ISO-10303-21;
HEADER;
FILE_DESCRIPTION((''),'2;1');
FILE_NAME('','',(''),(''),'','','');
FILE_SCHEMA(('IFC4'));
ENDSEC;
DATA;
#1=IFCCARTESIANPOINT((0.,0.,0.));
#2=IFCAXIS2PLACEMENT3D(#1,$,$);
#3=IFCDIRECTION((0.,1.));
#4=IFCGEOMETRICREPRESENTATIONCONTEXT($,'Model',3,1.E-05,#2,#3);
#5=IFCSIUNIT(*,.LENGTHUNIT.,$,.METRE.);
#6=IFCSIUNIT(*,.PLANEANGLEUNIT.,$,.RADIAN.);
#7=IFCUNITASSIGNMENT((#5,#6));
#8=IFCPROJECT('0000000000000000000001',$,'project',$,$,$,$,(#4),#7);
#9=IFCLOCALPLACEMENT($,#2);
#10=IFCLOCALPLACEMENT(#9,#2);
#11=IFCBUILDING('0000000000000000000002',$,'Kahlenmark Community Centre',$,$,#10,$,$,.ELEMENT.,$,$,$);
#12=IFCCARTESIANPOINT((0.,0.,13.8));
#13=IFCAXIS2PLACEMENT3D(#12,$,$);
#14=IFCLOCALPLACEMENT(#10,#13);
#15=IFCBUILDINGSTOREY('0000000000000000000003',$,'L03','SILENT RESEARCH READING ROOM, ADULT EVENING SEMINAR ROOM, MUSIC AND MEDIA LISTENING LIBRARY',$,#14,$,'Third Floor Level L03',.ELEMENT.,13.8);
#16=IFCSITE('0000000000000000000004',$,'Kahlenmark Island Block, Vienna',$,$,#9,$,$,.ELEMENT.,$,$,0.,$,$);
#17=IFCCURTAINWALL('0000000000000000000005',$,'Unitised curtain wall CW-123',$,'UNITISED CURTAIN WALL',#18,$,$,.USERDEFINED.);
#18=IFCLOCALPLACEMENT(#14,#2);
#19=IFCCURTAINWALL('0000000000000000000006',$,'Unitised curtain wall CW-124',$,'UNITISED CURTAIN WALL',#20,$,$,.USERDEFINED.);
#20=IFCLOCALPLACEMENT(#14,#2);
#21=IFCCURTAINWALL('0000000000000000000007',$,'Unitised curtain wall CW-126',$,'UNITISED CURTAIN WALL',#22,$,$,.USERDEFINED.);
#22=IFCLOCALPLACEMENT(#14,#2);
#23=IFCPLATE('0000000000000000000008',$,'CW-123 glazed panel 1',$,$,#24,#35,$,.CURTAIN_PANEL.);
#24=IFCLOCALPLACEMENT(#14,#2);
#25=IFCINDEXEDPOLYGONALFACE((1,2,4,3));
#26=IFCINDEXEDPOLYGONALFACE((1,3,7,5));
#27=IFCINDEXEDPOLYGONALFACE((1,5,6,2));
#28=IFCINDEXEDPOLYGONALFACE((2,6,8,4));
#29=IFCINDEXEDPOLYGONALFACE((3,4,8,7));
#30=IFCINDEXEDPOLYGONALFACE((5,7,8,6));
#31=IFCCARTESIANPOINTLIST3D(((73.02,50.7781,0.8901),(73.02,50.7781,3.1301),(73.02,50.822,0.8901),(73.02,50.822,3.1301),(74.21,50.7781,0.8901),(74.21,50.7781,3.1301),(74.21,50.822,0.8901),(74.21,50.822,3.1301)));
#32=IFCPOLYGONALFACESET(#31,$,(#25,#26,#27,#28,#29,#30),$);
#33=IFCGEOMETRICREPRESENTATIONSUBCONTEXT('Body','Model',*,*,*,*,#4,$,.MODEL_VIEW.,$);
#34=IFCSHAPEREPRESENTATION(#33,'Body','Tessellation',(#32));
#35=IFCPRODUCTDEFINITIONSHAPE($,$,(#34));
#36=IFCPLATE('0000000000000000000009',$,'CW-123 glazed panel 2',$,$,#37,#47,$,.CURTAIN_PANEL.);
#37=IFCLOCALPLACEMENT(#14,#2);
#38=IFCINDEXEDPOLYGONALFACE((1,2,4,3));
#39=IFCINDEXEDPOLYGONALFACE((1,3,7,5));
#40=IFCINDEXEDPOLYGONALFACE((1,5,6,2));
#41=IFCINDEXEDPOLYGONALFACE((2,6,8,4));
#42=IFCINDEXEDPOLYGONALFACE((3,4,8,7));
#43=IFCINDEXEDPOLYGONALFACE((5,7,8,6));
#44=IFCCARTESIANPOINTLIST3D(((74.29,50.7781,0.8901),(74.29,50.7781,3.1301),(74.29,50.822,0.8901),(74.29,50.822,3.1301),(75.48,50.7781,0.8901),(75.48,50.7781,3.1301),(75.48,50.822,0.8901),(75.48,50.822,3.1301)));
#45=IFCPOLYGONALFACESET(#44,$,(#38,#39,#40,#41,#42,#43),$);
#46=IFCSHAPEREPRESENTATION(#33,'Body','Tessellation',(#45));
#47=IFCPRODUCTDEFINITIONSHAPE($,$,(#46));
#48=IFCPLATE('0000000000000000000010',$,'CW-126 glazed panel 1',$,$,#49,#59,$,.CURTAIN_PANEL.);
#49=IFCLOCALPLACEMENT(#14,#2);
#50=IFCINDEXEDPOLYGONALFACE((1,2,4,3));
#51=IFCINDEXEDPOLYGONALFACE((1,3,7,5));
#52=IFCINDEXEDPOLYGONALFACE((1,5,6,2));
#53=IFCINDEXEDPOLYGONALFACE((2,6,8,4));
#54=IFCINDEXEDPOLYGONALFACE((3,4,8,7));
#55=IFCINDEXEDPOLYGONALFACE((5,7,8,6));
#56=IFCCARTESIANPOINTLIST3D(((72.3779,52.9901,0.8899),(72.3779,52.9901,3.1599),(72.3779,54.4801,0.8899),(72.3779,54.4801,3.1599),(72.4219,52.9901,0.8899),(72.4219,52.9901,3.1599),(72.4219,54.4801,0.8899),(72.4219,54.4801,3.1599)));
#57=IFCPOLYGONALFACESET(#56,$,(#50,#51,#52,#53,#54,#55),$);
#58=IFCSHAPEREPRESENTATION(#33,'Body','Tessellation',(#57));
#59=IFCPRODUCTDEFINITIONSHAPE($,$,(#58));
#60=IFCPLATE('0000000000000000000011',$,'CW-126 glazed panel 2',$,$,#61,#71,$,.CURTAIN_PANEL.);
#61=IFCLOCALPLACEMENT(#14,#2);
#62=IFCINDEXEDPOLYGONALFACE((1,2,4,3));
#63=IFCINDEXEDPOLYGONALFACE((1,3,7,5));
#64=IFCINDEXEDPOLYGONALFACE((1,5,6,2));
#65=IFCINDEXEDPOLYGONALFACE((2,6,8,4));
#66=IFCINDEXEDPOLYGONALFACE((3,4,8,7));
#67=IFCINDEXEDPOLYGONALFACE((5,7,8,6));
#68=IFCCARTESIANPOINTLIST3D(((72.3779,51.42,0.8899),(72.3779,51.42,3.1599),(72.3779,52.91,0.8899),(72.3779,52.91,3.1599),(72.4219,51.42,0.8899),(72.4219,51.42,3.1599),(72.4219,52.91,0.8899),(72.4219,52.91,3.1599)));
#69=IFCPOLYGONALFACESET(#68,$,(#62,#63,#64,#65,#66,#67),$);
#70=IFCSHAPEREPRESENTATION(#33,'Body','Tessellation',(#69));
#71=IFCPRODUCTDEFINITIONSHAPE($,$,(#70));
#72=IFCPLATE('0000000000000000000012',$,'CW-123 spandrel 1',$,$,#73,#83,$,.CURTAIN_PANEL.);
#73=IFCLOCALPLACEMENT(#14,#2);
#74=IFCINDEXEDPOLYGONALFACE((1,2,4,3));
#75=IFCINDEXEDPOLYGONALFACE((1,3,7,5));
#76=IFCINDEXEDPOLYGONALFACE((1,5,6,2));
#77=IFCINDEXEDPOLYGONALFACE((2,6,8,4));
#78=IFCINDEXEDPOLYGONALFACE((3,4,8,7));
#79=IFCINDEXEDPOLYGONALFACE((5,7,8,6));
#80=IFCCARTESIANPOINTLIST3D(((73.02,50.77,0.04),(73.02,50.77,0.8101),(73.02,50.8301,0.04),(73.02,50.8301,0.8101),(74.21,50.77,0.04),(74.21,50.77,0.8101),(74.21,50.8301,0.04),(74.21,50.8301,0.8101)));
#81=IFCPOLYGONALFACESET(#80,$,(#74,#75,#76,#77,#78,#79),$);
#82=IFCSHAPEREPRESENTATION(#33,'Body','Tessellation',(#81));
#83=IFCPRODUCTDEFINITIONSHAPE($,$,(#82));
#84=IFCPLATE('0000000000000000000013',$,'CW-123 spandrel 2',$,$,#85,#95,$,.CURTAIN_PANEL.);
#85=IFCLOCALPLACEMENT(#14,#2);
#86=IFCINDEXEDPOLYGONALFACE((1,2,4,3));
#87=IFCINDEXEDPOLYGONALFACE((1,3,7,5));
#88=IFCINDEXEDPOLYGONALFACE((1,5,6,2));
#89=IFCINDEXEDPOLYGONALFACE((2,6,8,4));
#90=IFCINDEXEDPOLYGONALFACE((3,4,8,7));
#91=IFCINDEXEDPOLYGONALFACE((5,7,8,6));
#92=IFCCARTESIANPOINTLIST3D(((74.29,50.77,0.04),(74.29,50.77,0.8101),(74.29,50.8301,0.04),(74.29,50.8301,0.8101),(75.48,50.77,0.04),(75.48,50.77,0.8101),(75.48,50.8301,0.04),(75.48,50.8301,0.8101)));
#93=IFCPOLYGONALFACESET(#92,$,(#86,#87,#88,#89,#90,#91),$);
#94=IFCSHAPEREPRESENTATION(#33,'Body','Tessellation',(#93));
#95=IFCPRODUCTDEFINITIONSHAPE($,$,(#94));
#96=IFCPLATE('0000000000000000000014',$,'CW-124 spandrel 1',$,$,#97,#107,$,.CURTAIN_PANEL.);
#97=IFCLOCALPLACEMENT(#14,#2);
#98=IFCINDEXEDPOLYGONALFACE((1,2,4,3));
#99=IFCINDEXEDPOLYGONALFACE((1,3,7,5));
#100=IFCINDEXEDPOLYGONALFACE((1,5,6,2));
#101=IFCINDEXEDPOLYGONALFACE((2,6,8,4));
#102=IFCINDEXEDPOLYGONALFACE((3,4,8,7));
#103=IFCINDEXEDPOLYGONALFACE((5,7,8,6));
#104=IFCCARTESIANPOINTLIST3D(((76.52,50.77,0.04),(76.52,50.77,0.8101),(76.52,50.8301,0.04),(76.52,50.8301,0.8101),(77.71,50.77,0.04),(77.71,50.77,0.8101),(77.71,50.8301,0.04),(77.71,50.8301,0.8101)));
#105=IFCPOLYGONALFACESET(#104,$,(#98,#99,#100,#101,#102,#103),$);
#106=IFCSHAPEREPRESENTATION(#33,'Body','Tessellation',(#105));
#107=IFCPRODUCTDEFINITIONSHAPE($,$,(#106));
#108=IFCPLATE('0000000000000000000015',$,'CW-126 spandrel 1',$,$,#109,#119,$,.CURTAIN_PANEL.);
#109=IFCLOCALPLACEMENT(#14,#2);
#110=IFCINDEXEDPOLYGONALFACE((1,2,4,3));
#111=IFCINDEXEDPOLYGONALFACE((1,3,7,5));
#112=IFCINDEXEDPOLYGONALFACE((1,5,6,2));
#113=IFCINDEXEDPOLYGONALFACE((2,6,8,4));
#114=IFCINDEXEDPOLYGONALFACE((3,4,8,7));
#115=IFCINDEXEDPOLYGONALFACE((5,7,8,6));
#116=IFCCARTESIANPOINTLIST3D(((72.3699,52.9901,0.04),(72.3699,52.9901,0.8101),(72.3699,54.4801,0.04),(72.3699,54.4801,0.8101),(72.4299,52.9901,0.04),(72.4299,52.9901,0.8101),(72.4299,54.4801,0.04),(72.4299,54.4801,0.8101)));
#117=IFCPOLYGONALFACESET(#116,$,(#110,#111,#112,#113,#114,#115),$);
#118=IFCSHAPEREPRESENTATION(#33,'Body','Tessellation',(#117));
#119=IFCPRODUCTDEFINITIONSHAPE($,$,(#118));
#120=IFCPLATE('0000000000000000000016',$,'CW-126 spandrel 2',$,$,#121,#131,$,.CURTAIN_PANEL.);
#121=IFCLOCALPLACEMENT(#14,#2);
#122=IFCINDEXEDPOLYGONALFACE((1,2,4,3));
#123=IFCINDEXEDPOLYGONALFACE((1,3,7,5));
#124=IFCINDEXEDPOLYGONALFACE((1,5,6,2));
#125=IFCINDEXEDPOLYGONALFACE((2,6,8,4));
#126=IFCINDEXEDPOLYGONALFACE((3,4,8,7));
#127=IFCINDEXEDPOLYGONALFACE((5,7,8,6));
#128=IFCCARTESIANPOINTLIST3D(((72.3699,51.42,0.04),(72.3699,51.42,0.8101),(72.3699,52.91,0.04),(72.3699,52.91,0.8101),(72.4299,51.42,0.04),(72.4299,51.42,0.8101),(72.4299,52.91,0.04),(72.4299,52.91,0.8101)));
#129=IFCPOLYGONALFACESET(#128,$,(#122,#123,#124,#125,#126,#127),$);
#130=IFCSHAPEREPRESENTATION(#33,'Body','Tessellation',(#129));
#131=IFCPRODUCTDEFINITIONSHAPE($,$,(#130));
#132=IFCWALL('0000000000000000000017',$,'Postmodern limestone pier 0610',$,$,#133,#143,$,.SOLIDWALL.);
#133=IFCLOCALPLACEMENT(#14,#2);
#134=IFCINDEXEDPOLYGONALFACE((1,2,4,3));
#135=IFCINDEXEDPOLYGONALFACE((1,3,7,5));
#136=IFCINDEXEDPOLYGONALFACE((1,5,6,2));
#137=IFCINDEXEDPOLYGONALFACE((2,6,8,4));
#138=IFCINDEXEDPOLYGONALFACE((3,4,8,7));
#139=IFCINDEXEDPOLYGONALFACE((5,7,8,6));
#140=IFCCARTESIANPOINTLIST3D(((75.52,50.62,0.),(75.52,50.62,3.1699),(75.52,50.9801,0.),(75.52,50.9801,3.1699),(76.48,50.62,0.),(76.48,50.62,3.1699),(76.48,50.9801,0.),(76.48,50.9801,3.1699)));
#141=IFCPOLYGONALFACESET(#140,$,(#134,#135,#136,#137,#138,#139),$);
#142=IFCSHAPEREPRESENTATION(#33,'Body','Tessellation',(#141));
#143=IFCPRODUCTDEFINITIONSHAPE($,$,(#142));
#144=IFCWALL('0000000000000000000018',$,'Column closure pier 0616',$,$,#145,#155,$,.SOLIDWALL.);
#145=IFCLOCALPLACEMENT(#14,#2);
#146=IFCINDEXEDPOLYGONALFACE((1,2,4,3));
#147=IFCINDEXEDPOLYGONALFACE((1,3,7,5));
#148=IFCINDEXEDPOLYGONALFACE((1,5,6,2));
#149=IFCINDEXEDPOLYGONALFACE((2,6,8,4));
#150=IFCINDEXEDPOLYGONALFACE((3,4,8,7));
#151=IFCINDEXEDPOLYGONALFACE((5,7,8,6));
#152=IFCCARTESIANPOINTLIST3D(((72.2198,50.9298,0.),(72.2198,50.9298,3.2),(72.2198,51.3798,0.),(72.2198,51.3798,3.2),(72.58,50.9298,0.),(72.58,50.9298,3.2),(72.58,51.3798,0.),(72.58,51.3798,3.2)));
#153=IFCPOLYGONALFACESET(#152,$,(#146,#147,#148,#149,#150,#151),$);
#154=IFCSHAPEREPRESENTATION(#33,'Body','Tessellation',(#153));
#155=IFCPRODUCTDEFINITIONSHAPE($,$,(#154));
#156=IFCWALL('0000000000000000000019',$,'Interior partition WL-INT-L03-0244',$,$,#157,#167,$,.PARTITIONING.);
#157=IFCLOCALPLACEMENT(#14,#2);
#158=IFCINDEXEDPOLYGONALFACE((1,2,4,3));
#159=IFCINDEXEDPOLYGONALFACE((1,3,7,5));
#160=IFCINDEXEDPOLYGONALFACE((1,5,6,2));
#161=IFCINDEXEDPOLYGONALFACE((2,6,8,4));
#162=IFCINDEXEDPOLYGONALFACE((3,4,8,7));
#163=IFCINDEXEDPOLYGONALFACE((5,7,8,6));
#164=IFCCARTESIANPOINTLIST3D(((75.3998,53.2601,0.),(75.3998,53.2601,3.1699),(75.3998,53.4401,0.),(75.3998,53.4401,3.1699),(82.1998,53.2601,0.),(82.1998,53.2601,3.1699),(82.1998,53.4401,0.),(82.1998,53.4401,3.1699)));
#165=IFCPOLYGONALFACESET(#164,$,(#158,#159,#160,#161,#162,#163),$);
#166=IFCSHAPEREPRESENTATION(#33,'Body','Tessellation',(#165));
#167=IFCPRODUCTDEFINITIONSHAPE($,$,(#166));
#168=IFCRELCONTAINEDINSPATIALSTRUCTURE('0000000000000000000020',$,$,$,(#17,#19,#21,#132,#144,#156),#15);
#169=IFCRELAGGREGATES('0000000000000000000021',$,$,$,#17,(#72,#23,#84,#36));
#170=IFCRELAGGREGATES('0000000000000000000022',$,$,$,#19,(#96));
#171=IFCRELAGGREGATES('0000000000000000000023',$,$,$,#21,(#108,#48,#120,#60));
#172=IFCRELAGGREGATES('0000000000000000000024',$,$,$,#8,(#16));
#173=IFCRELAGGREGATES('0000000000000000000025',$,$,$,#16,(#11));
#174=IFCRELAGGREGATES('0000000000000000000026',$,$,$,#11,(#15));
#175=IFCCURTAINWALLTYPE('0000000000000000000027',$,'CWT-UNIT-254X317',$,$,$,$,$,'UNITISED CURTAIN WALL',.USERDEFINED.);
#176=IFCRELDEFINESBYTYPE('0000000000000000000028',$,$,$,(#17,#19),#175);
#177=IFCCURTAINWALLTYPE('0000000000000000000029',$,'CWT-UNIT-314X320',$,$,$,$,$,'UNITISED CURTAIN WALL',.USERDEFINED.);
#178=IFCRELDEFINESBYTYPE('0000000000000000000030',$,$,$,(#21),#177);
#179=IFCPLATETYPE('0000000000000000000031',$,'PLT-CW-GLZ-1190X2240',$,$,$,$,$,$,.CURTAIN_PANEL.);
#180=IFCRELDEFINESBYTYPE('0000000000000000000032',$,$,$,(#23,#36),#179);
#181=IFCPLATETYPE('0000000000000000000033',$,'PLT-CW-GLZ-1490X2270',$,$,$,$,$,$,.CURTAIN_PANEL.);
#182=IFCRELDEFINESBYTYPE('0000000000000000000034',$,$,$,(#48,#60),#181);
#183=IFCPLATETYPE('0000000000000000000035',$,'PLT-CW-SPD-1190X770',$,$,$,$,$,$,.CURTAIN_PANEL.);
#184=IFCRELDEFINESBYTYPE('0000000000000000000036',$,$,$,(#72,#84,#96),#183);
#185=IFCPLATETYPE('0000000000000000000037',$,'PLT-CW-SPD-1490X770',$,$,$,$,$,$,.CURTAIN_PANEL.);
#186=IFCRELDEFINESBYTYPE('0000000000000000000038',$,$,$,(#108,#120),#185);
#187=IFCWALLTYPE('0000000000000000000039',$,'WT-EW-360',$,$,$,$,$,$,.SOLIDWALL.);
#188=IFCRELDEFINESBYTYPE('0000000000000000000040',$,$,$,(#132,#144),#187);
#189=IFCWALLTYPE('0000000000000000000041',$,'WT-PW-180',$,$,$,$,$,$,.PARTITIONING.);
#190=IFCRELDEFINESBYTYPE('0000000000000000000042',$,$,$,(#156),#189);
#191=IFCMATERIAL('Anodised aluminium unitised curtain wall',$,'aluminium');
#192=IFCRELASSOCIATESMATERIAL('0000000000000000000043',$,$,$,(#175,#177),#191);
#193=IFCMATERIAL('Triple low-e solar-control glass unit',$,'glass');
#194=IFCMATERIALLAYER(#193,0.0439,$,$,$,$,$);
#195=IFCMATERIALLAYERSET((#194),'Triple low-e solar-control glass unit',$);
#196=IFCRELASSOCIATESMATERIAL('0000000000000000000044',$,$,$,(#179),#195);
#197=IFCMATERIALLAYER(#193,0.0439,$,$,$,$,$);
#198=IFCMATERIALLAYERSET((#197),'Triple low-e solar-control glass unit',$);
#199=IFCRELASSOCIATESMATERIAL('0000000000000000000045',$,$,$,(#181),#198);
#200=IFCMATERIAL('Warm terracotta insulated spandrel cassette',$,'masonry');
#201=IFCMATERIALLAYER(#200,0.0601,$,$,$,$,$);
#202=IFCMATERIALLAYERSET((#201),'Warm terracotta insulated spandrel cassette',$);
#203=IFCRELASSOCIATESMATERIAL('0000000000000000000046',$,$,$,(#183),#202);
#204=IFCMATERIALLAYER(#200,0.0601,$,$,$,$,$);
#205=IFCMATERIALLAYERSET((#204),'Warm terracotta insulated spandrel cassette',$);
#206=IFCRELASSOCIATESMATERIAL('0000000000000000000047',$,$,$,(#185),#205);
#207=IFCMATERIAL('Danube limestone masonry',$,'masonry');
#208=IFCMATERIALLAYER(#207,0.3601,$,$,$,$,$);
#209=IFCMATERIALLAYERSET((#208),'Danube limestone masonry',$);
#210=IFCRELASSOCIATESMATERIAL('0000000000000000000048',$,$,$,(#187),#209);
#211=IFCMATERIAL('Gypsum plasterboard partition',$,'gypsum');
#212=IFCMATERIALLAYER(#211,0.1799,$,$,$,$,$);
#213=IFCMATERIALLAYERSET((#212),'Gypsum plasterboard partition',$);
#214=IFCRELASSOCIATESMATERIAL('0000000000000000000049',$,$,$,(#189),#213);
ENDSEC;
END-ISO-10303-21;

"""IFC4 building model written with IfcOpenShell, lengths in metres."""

from ifc_helpers import new_model, si_unit, direction, frame, frame_2d, origin, origin_2d, place, context, subcontext, project, spatial, rectangle, extrude, material, layer, layer_set, type_object, element, aggregate, save


model = new_model("IFC4")

# Units and contexts
model_context = context("Model", 3, precision=1e-05, world=origin(), true_north=direction((0.0, 1.0)))
body_context = subcontext(model_context, "Body", "Model", "MODEL_VIEW")
ifc_project = project(units=[si_unit("LENGTHUNIT", "METRE"), si_unit("PLANEANGLEUNIT", "RADIAN")], contexts=[model_context])

# Site, building, storey
site_placement = place(None, origin())
site = spatial("IfcSite", under=ifc_project, at=site_placement, Name="Kahlenmark Island Block, Vienna", CompositionType="ELEMENT", RefElevation=0.0)
building_placement = place(site_placement, origin())
building = spatial("IfcBuilding", under=site, at=building_placement, Name="Kahlenmark Community Centre", CompositionType="ELEMENT")
storey_placement = place(building_placement, frame((0.0, 0.0, 13.8)))
storey = spatial("IfcBuildingStorey", under=building, at=storey_placement, Name="L03", Description="SILENT RESEARCH READING ROOM, ADULT EVENING SEMINAR ROOM, MUSIC AND MEDIA LISTENING LIBRARY", LongName="Third Floor Level L03", CompositionType="ELEMENT", Elevation=13.8)

# Curtain wall
ifc_material_1 = material(Name="Anodised aluminium unitised curtain wall", Category="aluminium")
curtain_wall_type_1 = type_object("IfcCurtainWallType", Name="CWT-UNIT-254X317", ElementType="UNITISED CURTAIN WALL", PredefinedType="USERDEFINED", material=ifc_material_1)
curtain_wall_1_placement = place(storey_placement, origin())
curtain_wall_1 = element("IfcCurtainWall", 1, at=curtain_wall_1_placement, inside=storey, type_object=curtain_wall_type_1, Name="Unitised curtain wall CW-123", ObjectType="UNITISED CURTAIN WALL", PredefinedType="USERDEFINED")

# Curtain wall
curtain_wall_2_placement = place(storey_placement, origin())
curtain_wall_2 = element("IfcCurtainWall", 2, at=curtain_wall_2_placement, inside=storey, type_object=curtain_wall_type_1, Name="Unitised curtain wall CW-124", ObjectType="UNITISED CURTAIN WALL", PredefinedType="USERDEFINED")

# Curtain wall
curtain_wall_type_2 = type_object("IfcCurtainWallType", Name="CWT-UNIT-314X320", ElementType="UNITISED CURTAIN WALL", PredefinedType="USERDEFINED", material=ifc_material_1)
curtain_wall_3_placement = place(storey_placement, origin())
curtain_wall_3 = element("IfcCurtainWall", 3, at=curtain_wall_3_placement, inside=storey, type_object=curtain_wall_type_2, Name="Unitised curtain wall CW-126", ObjectType="UNITISED CURTAIN WALL", PredefinedType="USERDEFINED")

# Plates
ifc_material_2 = material(Name="Triple low-e solar-control glass unit", Category="glass")
ifc_layer_1 = layer(ifc_material_2, 0.0439)
ifc_layer_set_1 = layer_set([ifc_layer_1], Name="Triple low-e solar-control glass unit")
plate_type_1 = type_object("IfcPlateType", Name="PLT-CW-GLZ-1190X2240", PredefinedType="CURTAIN_PANEL", material=ifc_layer_set_1)
plate_1_placement = place(storey_placement, frame((73.615, 50.8, 0.8901), z_axis=(0.0, 0.0, 1.0), x_axis=(1.0, 0.0, 0.0)))
plate_1 = element("IfcPlate", 4, at=plate_1_placement, type_object=plate_type_1, Name="CW-123 glazed panel 1", PredefinedType="CURTAIN_PANEL", context=body_context, shape_type="SweptSolid", body=[
    extrude(rectangle(XDim=1.1899, YDim=0.0439, at=origin_2d()), origin(), (0.0, 0.0, 1.0), 2.24),
])
plate_2_placement = place(storey_placement, frame((74.885, 50.8, 0.8901), z_axis=(0.0, 0.0, 1.0), x_axis=(1.0, 0.0, 0.0)))
plate_2 = element("IfcPlate", 5, at=plate_2_placement, type_object=plate_type_1, Name="CW-123 glazed panel 2", PredefinedType="CURTAIN_PANEL", context=body_context, shape_type="SweptSolid", body=[
    extrude(rectangle(XDim=1.1899, YDim=0.0439, at=origin_2d()), origin(), (0.0, 0.0, 1.0), 2.24),
])
ifc_layer_2 = layer(ifc_material_2, 0.0439)
ifc_layer_set_2 = layer_set([ifc_layer_2], Name="Triple low-e solar-control glass unit")
plate_type_2 = type_object("IfcPlateType", Name="PLT-CW-GLZ-1490X2270", PredefinedType="CURTAIN_PANEL", material=ifc_layer_set_2)
plate_3_placement = place(storey_placement, frame((72.3999, 53.7351, 0.8899), z_axis=(0.0, 0.0, 1.0), x_axis=(0.0, -1.0, 0.0)))
plate_3 = element("IfcPlate", 6, at=plate_3_placement, type_object=plate_type_2, Name="CW-126 glazed panel 1", PredefinedType="CURTAIN_PANEL", context=body_context, shape_type="SweptSolid", body=[
    extrude(rectangle(XDim=1.49, YDim=0.0439, at=origin_2d()), origin(), (0.0, 0.0, 1.0), 2.27),
])
plate_4_placement = place(storey_placement, frame((72.3999, 52.165, 0.8899), z_axis=(0.0, 0.0, 1.0), x_axis=(0.0, -1.0, 0.0)))
plate_4 = element("IfcPlate", 7, at=plate_4_placement, type_object=plate_type_2, Name="CW-126 glazed panel 2", PredefinedType="CURTAIN_PANEL", context=body_context, shape_type="SweptSolid", body=[
    extrude(rectangle(XDim=1.49, YDim=0.0439, at=origin_2d()), origin(), (0.0, 0.0, 1.0), 2.27),
])
ifc_material_3 = material(Name="Warm terracotta insulated spandrel cassette", Category="masonry")
ifc_layer_3 = layer(ifc_material_3, 0.0601)
ifc_layer_set_3 = layer_set([ifc_layer_3], Name="Warm terracotta insulated spandrel cassette")
plate_type_3 = type_object("IfcPlateType", Name="PLT-CW-SPD-1190X770", PredefinedType="CURTAIN_PANEL", material=ifc_layer_set_3)
plate_5_placement = place(storey_placement, frame((73.615, 50.8, 0.04), z_axis=(0.0, 0.0, 1.0), x_axis=(1.0, 0.0, 0.0)))
plate_5 = element("IfcPlate", 8, at=plate_5_placement, type_object=plate_type_3, Name="CW-123 spandrel 1", PredefinedType="CURTAIN_PANEL", context=body_context, shape_type="SweptSolid", body=[
    extrude(rectangle(XDim=1.1899, YDim=0.0601, at=origin_2d()), origin(), (0.0, 0.0, 1.0), 0.77),
])
plate_6_placement = place(storey_placement, frame((74.885, 50.8, 0.04), z_axis=(0.0, 0.0, 1.0), x_axis=(1.0, 0.0, 0.0)))
plate_6 = element("IfcPlate", 9, at=plate_6_placement, type_object=plate_type_3, Name="CW-123 spandrel 2", PredefinedType="CURTAIN_PANEL", context=body_context, shape_type="SweptSolid", body=[
    extrude(rectangle(XDim=1.1899, YDim=0.0601, at=origin_2d()), origin(), (0.0, 0.0, 1.0), 0.77),
])
aggregate(curtain_wall_1, [plate_5, plate_1, plate_6, plate_2])
plate_7_placement = place(storey_placement, frame((77.115, 50.8, 0.04), z_axis=(0.0, 0.0, 1.0), x_axis=(1.0, 0.0, 0.0)))
plate_7 = element("IfcPlate", 10, at=plate_7_placement, type_object=plate_type_3, Name="CW-124 spandrel 1", PredefinedType="CURTAIN_PANEL", context=body_context, shape_type="SweptSolid", body=[
    extrude(rectangle(XDim=1.1899, YDim=0.0601, at=origin_2d()), origin(), (0.0, 0.0, 1.0), 0.77),
])
aggregate(curtain_wall_2, [plate_7])
ifc_layer_4 = layer(ifc_material_3, 0.0601)
ifc_layer_set_4 = layer_set([ifc_layer_4], Name="Warm terracotta insulated spandrel cassette")
plate_type_4 = type_object("IfcPlateType", Name="PLT-CW-SPD-1490X770", PredefinedType="CURTAIN_PANEL", material=ifc_layer_set_4)
plate_8_placement = place(storey_placement, frame((72.3999, 53.7351, 0.04), z_axis=(0.0, 0.0, 1.0), x_axis=(0.0, -1.0, 0.0)))
plate_8 = element("IfcPlate", 11, at=plate_8_placement, type_object=plate_type_4, Name="CW-126 spandrel 1", PredefinedType="CURTAIN_PANEL", context=body_context, shape_type="SweptSolid", body=[
    extrude(rectangle(XDim=1.49, YDim=0.0601, at=origin_2d()), origin(), (0.0, 0.0, 1.0), 0.77),
])
plate_9_placement = place(storey_placement, frame((72.3999, 52.165, 0.04), z_axis=(0.0, 0.0, 1.0), x_axis=(0.0, -1.0, 0.0)))
plate_9 = element("IfcPlate", 12, at=plate_9_placement, type_object=plate_type_4, Name="CW-126 spandrel 2", PredefinedType="CURTAIN_PANEL", context=body_context, shape_type="SweptSolid", body=[
    extrude(rectangle(XDim=1.49, YDim=0.0601, at=origin_2d()), origin(), (0.0, 0.0, 1.0), 0.77),
])
aggregate(curtain_wall_3, [plate_8, plate_3, plate_9, plate_4])

# Walls
ifc_material_4 = material(Name="Danube limestone masonry", Category="masonry")
ifc_layer_5 = layer(ifc_material_4, 0.3601)
ifc_layer_set_5 = layer_set([ifc_layer_5], Name="Danube limestone masonry")
wall_type_1 = type_object("IfcWallType", Name="WT-EW-360", PredefinedType="SOLIDWALL", material=ifc_layer_set_5)
wall_1_placement = place(storey_placement, frame((75.52, 50.8, 0.0), z_axis=(0.0, 0.0, 1.0), x_axis=(1.0, 0.0, 0.0)))
element("IfcWall", 13, at=wall_1_placement, inside=storey, type_object=wall_type_1, Name="Postmodern limestone pier 0610", PredefinedType="SOLIDWALL", context=body_context, shape_type="SweptSolid", body=[
    extrude(rectangle(XDim=0.96, YDim=0.3601, at=frame_2d((0.48, 0.0))), origin(), (0.0, 0.0, 1.0), 3.1699),
])
wall_2_placement = place(storey_placement, frame((72.3999, 51.3799, 0.0), z_axis=(0.0, 0.0, 1.0), x_axis=(0.0, -1.0, 0.0)))
element("IfcWall", 14, at=wall_2_placement, inside=storey, type_object=wall_type_1, Name="Column closure pier 0616", PredefinedType="SOLIDWALL", context=body_context, shape_type="SweptSolid", body=[
    extrude(rectangle(XDim=0.45, YDim=0.3601, at=frame_2d((0.2251, 0.0))), origin(), (0.0, 0.0, 1.0), 3.2),
])
ifc_material_5 = material(Name="Gypsum plasterboard partition", Category="gypsum")
ifc_layer_6 = layer(ifc_material_5, 0.1799)
ifc_layer_set_6 = layer_set([ifc_layer_6], Name="Gypsum plasterboard partition")
wall_type_2 = type_object("IfcWallType", Name="WT-PW-180", PredefinedType="PARTITIONING", material=ifc_layer_set_6)
wall_3_placement = place(storey_placement, frame((75.3999, 53.3501, 0.0), z_axis=(0.0, 0.0, 1.0), x_axis=(1.0, 0.0, 0.0)))
element("IfcWall", 15, at=wall_3_placement, inside=storey, type_object=wall_type_2, Name="Interior partition WL-INT-L03-0244", PredefinedType="PARTITIONING", context=body_context, shape_type="SweptSolid", body=[
    extrude(rectangle(XDim=6.8, YDim=0.1799, at=frame_2d((3.3999, 0.0))), origin(), (0.0, 0.0, 1.0), 3.1699),
])

save(model, "model.ifc")
